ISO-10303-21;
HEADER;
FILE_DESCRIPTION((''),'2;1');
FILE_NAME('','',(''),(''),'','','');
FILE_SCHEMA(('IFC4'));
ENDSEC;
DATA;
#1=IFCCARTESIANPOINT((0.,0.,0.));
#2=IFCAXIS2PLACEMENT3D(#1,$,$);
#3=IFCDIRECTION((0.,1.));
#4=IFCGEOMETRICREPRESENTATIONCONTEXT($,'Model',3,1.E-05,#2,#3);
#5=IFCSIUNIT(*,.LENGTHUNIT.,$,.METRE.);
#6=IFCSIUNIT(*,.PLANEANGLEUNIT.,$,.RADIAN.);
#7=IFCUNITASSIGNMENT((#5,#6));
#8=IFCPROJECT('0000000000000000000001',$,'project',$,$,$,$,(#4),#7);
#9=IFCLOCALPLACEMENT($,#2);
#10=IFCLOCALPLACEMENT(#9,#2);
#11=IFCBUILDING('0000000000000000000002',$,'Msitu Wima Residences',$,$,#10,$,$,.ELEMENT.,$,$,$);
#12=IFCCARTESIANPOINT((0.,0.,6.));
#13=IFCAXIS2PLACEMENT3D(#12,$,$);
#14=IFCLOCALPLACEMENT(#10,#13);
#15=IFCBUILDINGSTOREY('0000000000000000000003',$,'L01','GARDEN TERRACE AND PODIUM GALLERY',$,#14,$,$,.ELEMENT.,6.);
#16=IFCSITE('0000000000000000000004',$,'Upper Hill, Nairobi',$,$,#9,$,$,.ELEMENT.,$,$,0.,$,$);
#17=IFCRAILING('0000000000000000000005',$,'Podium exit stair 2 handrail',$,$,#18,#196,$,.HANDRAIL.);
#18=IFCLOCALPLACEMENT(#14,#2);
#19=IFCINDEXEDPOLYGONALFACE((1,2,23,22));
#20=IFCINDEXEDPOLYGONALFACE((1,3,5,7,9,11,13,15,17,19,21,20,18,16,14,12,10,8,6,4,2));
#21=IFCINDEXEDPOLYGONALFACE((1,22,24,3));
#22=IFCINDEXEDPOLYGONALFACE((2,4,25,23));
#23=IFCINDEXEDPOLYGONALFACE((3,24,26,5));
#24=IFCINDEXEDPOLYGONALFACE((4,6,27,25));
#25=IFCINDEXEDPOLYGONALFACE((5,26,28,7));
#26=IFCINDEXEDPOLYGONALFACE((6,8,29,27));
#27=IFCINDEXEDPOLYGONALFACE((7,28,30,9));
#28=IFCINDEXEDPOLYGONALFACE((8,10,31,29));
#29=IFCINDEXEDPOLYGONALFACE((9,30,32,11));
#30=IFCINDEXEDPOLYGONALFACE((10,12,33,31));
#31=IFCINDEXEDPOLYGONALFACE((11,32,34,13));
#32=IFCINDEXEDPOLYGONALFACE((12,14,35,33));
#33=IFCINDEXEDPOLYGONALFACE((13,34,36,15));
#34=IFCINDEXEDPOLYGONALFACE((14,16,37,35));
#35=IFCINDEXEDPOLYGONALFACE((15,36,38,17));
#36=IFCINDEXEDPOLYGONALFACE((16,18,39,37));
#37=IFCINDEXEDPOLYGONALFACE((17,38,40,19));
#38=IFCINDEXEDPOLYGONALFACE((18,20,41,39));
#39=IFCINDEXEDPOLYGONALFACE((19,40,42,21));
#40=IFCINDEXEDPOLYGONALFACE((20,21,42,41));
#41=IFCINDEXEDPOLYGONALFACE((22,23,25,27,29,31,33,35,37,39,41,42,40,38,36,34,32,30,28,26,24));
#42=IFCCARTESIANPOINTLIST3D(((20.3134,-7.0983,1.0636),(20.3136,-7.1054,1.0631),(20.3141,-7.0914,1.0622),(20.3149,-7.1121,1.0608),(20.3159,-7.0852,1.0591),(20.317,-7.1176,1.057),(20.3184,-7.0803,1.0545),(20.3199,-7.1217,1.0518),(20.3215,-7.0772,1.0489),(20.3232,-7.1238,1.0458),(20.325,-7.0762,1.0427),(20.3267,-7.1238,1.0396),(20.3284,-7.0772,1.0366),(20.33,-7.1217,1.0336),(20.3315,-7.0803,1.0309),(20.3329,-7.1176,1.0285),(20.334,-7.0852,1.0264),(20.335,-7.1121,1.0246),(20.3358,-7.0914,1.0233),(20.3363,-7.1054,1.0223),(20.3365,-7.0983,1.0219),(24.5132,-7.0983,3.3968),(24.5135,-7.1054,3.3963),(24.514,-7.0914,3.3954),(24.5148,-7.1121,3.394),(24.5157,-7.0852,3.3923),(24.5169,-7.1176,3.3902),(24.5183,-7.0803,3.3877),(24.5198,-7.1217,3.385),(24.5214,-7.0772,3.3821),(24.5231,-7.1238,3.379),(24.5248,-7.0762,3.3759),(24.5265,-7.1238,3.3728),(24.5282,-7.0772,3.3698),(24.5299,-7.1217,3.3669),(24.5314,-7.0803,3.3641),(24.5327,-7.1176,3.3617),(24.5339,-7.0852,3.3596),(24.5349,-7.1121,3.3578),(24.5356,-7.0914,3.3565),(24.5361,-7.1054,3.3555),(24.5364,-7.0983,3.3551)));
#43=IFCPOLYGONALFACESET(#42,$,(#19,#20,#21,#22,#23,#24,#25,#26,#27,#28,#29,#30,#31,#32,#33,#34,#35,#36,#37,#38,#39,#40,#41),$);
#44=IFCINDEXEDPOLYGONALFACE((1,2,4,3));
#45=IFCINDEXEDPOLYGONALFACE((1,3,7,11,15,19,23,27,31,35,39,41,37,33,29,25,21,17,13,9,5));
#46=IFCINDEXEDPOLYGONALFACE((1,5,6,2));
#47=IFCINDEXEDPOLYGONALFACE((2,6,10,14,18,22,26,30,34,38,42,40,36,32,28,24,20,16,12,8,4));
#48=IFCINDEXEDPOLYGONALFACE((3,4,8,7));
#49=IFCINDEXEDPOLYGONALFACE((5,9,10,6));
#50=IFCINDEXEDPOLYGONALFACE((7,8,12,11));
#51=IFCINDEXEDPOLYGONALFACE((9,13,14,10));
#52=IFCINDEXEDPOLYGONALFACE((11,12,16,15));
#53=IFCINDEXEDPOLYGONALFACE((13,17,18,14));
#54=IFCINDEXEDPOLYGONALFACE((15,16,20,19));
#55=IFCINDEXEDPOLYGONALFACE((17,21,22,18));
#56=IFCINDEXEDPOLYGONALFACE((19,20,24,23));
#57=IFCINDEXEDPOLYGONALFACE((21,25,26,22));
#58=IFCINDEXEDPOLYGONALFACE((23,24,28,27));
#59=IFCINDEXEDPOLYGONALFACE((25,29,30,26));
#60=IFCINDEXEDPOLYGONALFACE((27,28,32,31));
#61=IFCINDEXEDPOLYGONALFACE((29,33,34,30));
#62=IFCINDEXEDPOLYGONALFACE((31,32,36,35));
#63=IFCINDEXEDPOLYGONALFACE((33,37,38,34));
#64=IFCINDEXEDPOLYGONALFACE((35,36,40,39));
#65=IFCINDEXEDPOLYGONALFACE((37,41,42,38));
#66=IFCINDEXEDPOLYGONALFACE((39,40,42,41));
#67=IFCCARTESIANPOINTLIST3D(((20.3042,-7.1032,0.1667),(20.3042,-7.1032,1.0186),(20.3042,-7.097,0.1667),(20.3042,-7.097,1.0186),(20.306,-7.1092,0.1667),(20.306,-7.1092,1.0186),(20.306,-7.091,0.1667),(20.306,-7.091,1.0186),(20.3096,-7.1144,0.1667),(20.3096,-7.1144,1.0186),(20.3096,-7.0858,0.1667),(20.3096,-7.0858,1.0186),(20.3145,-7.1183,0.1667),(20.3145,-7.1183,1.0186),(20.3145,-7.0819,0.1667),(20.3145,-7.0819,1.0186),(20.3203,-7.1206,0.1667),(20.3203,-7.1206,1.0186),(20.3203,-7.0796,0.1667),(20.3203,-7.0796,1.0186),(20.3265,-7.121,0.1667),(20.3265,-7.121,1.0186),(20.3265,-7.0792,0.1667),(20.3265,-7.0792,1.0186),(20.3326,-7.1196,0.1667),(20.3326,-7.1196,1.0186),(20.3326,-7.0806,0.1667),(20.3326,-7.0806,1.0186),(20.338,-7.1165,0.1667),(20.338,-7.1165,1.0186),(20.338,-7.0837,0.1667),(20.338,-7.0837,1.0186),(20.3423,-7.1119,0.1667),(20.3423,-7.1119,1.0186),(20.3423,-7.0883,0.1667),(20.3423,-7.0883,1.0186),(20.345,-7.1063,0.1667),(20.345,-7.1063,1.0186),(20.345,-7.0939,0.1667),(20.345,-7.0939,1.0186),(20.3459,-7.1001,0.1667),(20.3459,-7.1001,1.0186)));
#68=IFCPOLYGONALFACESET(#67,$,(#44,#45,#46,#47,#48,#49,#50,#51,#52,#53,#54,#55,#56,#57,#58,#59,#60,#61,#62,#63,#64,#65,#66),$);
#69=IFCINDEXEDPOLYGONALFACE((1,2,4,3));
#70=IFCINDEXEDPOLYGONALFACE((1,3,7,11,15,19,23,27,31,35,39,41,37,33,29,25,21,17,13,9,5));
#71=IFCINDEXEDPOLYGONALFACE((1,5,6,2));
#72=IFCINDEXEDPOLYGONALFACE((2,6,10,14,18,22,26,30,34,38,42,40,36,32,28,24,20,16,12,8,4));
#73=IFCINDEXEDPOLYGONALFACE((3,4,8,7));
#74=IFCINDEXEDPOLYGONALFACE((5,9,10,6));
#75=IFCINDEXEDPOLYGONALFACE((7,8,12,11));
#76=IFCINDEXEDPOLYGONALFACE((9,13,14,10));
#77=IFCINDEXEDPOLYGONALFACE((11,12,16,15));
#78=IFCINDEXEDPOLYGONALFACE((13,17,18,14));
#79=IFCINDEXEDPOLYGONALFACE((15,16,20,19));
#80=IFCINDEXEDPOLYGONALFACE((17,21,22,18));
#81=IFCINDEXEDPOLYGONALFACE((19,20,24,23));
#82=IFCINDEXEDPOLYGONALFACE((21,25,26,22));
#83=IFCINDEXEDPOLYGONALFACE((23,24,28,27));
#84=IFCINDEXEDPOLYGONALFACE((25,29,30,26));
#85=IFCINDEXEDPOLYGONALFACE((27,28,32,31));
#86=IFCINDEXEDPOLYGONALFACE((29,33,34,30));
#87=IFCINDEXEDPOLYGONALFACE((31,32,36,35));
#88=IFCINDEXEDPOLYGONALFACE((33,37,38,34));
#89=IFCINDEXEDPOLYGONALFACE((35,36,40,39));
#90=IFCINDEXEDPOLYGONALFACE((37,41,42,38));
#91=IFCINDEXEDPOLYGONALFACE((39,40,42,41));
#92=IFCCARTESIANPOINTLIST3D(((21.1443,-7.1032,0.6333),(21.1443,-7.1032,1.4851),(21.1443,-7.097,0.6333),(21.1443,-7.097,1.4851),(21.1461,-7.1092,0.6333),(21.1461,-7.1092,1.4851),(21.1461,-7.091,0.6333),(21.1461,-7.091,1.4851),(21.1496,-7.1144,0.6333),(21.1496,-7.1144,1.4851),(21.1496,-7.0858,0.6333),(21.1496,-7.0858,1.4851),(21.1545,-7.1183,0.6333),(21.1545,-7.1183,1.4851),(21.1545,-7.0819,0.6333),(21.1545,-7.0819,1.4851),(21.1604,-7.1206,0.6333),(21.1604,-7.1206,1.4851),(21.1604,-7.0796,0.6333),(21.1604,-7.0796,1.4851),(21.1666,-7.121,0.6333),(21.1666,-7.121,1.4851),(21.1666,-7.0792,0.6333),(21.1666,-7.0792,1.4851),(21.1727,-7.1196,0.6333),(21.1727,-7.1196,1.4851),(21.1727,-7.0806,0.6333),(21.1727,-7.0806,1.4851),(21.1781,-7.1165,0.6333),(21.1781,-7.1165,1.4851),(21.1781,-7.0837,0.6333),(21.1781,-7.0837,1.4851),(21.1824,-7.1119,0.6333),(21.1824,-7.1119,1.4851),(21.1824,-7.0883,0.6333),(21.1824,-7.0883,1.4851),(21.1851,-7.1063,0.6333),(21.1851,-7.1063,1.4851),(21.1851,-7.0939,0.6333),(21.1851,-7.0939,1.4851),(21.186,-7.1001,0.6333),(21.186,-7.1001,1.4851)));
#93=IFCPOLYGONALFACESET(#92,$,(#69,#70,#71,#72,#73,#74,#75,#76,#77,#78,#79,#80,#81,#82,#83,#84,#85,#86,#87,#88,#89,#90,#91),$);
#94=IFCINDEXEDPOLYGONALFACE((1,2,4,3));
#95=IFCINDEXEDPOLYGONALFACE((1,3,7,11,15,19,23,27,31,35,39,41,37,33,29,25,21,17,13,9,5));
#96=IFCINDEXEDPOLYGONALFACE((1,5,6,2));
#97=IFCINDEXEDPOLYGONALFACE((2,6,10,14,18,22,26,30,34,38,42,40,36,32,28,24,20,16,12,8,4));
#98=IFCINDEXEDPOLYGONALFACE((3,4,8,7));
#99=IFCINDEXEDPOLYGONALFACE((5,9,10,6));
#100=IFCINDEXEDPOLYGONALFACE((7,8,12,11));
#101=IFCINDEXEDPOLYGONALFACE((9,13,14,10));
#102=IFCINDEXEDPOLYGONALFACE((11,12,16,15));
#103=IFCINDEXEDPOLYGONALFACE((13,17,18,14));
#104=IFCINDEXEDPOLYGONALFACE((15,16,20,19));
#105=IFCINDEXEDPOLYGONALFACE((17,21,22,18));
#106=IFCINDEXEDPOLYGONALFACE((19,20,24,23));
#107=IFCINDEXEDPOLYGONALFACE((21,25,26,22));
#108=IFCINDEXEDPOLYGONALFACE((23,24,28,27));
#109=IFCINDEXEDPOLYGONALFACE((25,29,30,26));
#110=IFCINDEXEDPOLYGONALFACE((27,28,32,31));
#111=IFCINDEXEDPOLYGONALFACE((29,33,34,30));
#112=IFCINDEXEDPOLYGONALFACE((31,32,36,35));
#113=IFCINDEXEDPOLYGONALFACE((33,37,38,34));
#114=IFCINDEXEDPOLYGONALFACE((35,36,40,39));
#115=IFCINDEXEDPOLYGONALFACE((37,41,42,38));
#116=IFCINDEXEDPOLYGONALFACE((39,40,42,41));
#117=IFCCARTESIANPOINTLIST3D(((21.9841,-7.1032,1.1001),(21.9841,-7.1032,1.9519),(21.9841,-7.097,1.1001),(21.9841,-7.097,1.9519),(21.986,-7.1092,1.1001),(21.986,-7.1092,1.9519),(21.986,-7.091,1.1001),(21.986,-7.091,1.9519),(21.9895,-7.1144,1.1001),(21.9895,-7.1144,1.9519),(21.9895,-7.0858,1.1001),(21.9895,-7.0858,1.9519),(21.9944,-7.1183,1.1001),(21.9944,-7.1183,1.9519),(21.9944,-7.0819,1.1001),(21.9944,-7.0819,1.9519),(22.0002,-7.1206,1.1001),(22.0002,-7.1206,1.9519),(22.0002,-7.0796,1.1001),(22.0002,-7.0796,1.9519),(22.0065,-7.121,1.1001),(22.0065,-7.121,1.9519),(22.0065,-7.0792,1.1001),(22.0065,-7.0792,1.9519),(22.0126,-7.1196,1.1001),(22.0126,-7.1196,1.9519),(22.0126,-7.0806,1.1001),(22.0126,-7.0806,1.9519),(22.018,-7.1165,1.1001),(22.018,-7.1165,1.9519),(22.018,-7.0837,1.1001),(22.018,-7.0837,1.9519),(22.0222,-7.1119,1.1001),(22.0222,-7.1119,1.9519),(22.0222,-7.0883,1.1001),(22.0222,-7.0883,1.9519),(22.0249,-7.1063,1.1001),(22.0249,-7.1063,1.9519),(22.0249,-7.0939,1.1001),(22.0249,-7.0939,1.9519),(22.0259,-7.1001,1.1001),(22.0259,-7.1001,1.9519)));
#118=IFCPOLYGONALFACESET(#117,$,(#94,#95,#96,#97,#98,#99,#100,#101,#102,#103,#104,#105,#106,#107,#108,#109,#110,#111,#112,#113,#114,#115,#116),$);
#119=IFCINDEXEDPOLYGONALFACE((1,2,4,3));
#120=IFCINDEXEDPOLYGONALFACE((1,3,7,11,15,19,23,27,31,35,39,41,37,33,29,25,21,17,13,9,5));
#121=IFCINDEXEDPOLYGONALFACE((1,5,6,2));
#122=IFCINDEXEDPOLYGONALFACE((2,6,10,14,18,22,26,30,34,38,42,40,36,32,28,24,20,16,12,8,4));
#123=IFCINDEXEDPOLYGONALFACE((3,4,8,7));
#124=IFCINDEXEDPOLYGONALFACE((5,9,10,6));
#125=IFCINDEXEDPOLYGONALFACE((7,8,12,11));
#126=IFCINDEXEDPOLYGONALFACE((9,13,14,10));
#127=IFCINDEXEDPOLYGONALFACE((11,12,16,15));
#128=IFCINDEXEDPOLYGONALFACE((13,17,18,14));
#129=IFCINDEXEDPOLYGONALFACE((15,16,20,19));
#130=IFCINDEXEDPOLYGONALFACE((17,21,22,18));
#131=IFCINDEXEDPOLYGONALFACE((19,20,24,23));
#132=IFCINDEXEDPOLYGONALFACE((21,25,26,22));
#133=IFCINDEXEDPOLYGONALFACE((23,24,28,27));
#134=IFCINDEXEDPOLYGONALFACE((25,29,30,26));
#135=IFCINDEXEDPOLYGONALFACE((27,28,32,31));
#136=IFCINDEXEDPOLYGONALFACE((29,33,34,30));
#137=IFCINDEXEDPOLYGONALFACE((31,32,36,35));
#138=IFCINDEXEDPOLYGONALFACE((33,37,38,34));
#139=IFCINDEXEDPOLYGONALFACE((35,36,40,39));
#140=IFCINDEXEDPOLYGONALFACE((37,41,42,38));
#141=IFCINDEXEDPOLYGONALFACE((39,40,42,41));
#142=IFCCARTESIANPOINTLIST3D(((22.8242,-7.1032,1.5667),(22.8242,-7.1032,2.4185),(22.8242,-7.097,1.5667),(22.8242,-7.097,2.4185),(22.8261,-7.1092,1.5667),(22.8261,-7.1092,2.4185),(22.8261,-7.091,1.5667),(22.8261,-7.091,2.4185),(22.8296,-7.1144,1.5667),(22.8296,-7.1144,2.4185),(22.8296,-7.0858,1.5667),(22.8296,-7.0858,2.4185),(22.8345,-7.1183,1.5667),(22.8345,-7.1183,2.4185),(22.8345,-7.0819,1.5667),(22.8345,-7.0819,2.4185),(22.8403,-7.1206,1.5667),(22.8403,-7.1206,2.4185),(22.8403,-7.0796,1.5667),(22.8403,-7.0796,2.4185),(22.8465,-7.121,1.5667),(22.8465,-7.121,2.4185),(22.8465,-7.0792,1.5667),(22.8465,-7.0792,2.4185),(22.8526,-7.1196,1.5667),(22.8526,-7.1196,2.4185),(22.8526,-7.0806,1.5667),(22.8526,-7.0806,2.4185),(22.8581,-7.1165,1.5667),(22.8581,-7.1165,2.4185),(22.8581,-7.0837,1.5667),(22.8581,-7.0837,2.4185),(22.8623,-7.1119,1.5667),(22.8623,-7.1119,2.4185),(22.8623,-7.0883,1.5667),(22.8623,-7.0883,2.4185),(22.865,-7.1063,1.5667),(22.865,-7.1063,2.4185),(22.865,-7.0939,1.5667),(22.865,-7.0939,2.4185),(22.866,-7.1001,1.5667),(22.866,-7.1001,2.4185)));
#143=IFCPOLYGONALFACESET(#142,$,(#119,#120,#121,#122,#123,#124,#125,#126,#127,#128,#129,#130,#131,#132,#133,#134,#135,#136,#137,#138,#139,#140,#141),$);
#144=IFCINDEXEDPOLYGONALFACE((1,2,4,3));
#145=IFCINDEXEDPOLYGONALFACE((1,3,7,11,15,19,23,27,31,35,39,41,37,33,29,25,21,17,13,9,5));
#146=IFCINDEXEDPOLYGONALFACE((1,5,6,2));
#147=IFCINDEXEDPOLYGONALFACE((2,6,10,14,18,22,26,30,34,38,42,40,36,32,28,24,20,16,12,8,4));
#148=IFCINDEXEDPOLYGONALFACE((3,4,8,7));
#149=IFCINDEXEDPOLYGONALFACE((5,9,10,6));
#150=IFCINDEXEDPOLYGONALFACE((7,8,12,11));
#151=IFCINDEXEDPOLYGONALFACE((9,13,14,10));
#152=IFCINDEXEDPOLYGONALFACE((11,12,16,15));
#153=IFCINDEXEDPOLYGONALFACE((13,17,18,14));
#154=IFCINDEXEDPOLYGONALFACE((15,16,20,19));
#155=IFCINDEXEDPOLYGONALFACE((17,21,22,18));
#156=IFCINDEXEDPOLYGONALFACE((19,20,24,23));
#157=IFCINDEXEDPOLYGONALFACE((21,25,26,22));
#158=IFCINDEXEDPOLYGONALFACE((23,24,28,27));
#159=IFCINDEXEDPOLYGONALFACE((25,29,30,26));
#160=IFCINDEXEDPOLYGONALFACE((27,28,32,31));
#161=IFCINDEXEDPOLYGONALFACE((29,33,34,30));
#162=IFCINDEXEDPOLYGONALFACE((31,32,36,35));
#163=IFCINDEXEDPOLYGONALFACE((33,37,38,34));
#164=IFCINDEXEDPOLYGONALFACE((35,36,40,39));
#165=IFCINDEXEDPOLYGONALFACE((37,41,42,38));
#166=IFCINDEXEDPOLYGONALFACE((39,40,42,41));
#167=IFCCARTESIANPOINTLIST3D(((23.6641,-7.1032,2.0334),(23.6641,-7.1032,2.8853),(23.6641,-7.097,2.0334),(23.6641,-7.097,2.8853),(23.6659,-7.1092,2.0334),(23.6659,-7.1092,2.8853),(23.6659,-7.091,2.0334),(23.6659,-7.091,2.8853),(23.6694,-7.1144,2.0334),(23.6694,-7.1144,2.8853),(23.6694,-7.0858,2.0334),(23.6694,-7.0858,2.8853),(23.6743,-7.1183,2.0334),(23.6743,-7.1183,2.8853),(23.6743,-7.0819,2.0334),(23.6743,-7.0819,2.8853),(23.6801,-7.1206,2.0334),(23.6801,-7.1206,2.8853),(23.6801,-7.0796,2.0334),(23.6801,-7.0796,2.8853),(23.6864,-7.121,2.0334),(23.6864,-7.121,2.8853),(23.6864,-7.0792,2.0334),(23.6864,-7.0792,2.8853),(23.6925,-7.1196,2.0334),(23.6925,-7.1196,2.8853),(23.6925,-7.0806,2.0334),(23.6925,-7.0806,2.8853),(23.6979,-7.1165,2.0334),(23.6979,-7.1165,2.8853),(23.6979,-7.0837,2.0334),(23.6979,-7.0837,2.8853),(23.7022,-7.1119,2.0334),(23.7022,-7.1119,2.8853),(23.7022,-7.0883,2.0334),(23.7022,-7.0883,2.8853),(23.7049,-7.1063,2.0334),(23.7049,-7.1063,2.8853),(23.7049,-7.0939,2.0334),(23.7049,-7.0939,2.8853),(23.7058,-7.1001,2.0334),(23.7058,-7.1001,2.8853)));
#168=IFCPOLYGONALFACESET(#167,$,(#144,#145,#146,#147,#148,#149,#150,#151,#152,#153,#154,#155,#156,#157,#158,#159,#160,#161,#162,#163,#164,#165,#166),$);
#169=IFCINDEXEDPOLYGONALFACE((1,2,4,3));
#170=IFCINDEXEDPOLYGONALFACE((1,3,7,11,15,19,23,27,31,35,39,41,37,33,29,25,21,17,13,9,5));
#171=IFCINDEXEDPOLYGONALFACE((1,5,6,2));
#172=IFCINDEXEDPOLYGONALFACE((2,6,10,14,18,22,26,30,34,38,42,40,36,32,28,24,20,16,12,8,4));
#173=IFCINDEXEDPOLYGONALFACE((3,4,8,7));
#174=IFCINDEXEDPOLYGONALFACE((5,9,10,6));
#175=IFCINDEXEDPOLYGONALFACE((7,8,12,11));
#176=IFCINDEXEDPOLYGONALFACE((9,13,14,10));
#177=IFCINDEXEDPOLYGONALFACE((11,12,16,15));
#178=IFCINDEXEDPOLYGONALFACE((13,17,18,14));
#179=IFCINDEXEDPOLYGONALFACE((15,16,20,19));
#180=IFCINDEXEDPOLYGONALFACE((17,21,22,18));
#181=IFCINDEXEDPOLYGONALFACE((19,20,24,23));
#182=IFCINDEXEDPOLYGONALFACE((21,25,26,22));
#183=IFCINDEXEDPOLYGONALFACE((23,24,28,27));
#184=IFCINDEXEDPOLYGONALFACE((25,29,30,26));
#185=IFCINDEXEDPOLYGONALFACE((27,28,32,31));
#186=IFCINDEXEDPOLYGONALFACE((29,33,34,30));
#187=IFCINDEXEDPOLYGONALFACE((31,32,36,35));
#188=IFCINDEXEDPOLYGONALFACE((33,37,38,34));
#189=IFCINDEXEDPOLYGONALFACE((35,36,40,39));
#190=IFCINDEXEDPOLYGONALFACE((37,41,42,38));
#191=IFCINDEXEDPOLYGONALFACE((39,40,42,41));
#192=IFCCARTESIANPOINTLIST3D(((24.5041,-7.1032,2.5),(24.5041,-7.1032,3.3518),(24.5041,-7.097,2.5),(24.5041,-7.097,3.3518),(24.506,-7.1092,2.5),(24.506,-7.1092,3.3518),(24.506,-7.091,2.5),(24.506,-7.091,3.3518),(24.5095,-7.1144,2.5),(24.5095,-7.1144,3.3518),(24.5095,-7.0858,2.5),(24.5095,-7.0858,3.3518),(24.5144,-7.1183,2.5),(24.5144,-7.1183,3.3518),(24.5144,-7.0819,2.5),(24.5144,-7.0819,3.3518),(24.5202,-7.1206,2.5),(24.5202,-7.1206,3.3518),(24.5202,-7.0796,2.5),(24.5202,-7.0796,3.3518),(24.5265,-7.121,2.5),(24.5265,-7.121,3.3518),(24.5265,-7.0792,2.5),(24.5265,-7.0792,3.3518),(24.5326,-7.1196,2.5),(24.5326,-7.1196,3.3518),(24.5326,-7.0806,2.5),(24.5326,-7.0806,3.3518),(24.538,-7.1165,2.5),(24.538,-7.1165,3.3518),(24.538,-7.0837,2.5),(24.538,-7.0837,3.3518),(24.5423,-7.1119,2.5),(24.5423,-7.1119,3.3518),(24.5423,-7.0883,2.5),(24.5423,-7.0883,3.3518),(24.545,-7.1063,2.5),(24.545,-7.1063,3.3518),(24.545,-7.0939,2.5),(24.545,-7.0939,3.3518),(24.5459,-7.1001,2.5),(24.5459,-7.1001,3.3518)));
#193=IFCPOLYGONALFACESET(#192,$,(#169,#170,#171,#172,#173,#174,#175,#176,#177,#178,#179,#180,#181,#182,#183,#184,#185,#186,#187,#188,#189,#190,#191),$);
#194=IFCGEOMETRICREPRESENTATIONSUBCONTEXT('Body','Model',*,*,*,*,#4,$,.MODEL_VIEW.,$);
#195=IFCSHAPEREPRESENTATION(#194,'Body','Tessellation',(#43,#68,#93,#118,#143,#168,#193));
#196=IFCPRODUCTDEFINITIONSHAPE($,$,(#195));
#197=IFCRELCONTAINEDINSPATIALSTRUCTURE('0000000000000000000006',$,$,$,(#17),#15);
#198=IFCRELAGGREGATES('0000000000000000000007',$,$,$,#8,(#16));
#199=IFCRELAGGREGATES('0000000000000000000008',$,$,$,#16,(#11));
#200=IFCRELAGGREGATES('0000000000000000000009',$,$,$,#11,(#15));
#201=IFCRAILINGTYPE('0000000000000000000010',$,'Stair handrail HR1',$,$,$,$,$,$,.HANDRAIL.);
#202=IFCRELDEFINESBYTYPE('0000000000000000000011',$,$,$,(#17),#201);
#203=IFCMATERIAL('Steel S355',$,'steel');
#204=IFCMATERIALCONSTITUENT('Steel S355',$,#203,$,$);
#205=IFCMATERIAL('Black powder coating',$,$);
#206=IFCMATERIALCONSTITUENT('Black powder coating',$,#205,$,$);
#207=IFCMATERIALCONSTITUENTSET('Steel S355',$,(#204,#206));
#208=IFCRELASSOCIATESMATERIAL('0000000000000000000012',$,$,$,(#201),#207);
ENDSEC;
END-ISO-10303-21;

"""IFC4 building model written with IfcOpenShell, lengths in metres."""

from ifc_helpers import new_model, si_unit, direction, frame, origin, origin_2d, place, context, subcontext, project, spatial, circle, extrude, material, constituent, constituent_set, type_object, element, save


model = new_model("IFC4")

# Units and contexts
model_context = context("Model", 3, precision=1e-05, world=origin(), true_north=direction((0.0, 1.0)))
body_context = subcontext(model_context, "Body", "Model", "MODEL_VIEW")
ifc_project = project(units=[si_unit("LENGTHUNIT", "METRE"), si_unit("PLANEANGLEUNIT", "RADIAN")], contexts=[model_context])

# Site, building, storey
site_placement = place(None, origin())
site = spatial("IfcSite", under=ifc_project, at=site_placement, Name="Upper Hill, Nairobi", CompositionType="ELEMENT", RefElevation=0.0)
building_placement = place(site_placement, origin())
building = spatial("IfcBuilding", under=site, at=building_placement, Name="Msitu Wima Residences", CompositionType="ELEMENT")
storey_placement = place(building_placement, frame((0.0, 0.0, 6.0)))
storey = spatial("IfcBuildingStorey", under=building, at=storey_placement, Name="L01", Description="GARDEN TERRACE AND PODIUM GALLERY", CompositionType="ELEMENT", Elevation=6.0)

# Railing
ifc_material_1 = material(Name="Steel S355", Category="steel")
ifc_constituent_1 = constituent(ifc_material_1, Name="Steel S355")
ifc_material_2 = material(Name="Black powder coating")
ifc_constituent_2 = constituent(ifc_material_2, Name="Black powder coating")
ifc_constituent_set = constituent_set(constituents=[ifc_constituent_1, ifc_constituent_2], Name="Steel S355")
railing_type = type_object("IfcRailingType", Name="Stair handrail HR1", PredefinedType="HANDRAIL", material=ifc_constituent_set)
for number, where, name in (
    (1, (20.325, -7.1001, 0.1667), "Podium exit stair 2 handrail"),
):
    element("IfcRailing", number, at=place(storey_placement, frame(where)), inside=storey, type_object=railing_type, Name=name, PredefinedType="HANDRAIL", context=body_context, shape_type="SweptSolid", body=[
        extrude(circle(Radius=0.0239, at=origin_2d()), frame((0.0, 0.0, 0.876), z_axis=(0.874162, 0.0, 0.485634), x_axis=(0.0, 1.0, 0.0)), (0.0, 0.0, 1.0), 4.8044),
        extrude(circle(Radius=0.021, at=origin_2d()), origin(), (0.0, 0.0, 1.0), 0.8518),
        extrude(circle(Radius=0.021, at=origin_2d()), frame((0.8401, 0.0, 0.4666)), (0.0, 0.0, 1.0), 0.8518),
        extrude(circle(Radius=0.021, at=origin_2d()), frame((1.6799, 0.0, 0.9333)), (0.0, 0.0, 1.0), 0.8518),
        extrude(circle(Radius=0.021, at=origin_2d()), frame((2.52, 0.0, 1.3999)), (0.0, 0.0, 1.0), 0.8518),
        extrude(circle(Radius=0.021, at=origin_2d()), frame((3.3599, 0.0, 1.8667)), (0.0, 0.0, 1.0), 0.8518),
        extrude(circle(Radius=0.021, at=origin_2d()), frame((4.2, 0.0, 2.3333)), (0.0, 0.0, 1.0), 0.8518),
    ])

save(model, "model.ifc")
